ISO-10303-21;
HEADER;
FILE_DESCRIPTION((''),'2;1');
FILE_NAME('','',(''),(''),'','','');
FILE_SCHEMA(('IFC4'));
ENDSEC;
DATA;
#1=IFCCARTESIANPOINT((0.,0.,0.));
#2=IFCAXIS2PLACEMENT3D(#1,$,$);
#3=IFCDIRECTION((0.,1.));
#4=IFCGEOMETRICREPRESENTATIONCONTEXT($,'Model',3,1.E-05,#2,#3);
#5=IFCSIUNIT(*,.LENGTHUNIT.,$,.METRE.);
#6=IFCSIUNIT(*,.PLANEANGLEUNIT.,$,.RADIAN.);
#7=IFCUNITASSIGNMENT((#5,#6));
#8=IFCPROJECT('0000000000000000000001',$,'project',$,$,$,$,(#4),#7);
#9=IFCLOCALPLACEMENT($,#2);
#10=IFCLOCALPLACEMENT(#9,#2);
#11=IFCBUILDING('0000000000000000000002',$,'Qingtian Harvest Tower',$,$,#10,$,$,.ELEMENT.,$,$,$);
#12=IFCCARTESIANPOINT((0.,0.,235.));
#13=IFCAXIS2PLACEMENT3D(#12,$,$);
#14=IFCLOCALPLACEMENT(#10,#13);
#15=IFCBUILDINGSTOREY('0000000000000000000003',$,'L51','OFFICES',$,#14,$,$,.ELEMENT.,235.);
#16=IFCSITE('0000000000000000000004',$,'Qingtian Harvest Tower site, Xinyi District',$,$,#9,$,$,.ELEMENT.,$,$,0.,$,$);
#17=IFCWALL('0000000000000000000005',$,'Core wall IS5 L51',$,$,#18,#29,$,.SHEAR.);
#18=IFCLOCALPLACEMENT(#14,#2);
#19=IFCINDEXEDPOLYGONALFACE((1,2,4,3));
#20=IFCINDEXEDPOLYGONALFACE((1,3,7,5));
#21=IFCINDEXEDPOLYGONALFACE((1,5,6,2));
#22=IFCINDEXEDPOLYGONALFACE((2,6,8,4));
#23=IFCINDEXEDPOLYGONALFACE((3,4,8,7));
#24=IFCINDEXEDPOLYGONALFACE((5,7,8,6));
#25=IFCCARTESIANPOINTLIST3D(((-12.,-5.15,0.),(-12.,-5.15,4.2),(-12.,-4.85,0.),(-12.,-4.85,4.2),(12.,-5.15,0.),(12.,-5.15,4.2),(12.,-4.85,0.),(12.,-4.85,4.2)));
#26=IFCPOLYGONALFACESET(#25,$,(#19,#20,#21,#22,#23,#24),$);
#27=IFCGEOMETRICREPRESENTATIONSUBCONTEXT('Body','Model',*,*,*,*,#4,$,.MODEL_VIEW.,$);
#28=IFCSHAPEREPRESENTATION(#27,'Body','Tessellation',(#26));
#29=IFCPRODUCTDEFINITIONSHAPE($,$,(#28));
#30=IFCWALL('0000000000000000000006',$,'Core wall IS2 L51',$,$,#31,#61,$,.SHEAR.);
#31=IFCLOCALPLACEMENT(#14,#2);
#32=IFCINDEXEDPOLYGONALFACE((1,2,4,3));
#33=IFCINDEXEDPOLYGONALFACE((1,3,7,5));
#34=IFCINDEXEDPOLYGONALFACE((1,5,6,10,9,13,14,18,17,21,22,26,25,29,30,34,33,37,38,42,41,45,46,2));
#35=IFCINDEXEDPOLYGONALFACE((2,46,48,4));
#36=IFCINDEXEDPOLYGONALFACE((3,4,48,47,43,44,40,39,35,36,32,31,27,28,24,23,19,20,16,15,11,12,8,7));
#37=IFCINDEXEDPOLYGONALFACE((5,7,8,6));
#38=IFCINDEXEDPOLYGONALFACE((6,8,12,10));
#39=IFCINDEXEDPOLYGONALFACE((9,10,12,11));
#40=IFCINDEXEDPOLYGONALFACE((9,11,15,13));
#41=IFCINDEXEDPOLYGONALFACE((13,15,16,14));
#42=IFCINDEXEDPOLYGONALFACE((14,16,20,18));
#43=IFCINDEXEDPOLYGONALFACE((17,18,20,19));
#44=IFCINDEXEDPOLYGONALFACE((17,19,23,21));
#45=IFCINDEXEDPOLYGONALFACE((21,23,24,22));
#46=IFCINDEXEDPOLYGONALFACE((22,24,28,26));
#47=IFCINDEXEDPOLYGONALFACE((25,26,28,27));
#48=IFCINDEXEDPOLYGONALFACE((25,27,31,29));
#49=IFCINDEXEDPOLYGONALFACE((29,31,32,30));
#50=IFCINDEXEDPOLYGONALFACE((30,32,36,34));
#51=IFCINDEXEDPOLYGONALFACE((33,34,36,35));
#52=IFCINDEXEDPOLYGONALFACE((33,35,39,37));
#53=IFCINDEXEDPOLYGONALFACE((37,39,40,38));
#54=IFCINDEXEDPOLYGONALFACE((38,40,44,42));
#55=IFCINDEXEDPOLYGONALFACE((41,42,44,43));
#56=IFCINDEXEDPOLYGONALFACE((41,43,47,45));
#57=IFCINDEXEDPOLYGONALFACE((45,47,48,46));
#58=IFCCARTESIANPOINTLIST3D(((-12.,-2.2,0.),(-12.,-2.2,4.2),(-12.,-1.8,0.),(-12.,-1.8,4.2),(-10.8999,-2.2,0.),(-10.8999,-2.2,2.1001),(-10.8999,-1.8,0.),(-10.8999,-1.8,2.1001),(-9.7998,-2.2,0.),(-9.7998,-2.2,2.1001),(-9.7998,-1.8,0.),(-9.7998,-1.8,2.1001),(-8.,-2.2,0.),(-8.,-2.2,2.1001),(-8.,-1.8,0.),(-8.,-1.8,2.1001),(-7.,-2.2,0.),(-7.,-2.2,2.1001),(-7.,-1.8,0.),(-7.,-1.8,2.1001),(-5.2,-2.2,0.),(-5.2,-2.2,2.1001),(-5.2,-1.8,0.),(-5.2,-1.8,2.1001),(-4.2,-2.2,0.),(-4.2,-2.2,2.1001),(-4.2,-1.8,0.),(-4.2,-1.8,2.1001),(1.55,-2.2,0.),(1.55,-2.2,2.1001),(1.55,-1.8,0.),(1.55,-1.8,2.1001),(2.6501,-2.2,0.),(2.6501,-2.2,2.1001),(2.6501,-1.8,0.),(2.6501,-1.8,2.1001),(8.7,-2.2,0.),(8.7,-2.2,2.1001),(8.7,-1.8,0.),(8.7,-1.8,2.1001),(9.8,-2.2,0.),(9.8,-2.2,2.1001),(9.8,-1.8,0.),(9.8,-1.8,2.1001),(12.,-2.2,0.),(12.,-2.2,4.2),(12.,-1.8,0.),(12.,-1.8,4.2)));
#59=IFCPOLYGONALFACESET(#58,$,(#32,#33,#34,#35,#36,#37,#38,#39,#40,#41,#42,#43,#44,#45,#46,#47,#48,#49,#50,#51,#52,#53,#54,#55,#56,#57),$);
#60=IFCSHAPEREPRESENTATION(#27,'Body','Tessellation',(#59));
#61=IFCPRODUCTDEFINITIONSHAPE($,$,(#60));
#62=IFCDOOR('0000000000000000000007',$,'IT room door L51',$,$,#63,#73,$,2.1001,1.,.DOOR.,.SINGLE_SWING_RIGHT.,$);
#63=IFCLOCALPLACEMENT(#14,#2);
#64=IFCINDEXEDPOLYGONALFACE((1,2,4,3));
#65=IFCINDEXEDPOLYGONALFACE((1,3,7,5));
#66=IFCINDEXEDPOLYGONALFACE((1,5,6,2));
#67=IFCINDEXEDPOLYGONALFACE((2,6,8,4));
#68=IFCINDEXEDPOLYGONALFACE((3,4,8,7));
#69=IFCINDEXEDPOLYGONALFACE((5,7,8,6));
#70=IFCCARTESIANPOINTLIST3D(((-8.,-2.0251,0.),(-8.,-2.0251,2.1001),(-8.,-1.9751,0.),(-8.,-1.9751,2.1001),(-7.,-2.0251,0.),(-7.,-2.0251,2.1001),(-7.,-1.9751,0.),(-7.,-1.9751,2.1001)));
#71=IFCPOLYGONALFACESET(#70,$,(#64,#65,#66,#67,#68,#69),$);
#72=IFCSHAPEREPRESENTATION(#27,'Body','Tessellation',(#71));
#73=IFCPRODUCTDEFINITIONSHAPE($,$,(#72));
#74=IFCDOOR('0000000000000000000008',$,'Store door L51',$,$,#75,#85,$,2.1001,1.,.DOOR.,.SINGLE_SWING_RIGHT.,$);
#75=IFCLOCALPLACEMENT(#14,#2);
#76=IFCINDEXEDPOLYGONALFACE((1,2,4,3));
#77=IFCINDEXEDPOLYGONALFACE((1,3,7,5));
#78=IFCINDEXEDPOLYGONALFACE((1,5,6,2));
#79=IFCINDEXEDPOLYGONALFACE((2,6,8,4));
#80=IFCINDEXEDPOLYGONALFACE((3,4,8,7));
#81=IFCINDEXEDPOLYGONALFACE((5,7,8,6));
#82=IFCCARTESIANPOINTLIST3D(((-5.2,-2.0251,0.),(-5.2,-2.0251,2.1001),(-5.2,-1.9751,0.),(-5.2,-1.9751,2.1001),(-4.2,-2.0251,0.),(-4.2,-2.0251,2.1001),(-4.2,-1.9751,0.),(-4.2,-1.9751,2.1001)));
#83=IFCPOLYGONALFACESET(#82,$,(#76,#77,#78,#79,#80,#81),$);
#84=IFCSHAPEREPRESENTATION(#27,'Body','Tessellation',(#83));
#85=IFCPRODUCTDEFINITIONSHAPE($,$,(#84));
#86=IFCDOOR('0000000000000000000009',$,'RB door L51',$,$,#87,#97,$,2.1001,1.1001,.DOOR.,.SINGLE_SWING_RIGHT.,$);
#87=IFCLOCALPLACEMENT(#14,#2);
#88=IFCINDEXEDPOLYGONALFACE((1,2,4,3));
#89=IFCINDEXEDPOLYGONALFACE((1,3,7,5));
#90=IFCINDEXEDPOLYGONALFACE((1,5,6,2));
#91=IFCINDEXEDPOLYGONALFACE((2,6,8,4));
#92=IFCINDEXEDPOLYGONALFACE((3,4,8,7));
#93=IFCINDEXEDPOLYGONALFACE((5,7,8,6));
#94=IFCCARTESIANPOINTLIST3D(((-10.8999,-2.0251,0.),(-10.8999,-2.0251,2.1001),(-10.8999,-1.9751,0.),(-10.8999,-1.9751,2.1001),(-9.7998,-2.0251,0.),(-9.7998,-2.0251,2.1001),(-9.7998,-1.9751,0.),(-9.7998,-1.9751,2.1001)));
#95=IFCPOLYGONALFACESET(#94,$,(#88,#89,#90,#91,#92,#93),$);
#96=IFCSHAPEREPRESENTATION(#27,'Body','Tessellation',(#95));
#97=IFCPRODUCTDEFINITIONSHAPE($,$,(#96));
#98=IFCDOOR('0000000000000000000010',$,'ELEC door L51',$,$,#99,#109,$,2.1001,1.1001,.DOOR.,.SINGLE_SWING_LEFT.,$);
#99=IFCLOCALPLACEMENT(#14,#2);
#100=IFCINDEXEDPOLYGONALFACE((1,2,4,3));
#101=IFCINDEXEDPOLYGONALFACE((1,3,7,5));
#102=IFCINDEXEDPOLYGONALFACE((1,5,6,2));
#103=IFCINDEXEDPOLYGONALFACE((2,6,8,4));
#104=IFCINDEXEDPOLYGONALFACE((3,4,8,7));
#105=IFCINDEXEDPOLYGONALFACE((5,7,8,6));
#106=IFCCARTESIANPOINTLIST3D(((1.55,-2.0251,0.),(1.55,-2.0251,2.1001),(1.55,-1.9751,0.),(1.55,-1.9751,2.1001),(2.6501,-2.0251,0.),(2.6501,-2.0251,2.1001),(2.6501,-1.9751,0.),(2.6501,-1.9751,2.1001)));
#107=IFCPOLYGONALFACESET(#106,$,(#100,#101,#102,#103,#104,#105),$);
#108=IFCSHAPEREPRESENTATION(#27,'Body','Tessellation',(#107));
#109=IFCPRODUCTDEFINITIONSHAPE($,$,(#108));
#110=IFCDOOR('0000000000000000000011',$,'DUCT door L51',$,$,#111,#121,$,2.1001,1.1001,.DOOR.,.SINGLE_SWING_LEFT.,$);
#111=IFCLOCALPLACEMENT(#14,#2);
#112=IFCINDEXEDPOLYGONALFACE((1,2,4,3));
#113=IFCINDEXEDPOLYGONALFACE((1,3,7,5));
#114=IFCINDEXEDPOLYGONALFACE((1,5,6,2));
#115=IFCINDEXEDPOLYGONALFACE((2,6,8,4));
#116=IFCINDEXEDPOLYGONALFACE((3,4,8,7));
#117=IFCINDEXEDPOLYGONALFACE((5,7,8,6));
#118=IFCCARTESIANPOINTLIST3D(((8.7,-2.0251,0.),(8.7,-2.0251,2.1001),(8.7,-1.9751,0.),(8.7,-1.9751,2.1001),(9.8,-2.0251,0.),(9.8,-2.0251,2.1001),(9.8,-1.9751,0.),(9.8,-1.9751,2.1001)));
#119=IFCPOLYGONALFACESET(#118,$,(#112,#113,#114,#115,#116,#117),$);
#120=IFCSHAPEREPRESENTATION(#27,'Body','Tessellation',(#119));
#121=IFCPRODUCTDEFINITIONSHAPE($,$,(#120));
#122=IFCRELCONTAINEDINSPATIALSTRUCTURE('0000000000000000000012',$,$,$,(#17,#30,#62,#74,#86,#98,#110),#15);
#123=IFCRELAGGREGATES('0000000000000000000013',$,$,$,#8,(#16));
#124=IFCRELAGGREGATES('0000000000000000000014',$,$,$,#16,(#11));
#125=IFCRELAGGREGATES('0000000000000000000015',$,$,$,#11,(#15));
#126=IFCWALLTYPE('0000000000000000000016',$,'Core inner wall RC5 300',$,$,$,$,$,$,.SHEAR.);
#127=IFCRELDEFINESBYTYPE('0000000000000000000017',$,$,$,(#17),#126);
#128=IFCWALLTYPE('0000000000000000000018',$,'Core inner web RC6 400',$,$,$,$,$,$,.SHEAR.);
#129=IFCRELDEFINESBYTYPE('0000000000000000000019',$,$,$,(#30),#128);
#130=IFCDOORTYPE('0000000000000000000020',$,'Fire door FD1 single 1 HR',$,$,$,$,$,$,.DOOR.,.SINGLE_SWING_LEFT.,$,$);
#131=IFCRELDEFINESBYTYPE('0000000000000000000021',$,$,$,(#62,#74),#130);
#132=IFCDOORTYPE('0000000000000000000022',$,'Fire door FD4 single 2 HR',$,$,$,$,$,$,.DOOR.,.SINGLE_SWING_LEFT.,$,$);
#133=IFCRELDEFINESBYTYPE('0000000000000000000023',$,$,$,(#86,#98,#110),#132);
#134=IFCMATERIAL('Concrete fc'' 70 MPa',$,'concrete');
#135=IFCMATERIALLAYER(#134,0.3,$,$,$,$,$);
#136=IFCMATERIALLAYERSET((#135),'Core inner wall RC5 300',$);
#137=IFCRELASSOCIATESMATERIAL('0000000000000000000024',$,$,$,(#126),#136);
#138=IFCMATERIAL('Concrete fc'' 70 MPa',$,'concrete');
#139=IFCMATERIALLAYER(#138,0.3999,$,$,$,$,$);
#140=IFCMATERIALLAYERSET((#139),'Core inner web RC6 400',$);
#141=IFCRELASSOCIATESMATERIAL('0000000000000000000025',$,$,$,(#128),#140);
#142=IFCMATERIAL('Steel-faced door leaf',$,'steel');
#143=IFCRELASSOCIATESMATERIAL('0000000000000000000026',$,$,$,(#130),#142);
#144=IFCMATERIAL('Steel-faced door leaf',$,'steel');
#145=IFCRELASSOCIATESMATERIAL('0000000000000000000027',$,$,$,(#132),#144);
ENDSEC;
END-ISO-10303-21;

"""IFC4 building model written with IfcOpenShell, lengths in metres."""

from ifc_helpers import new_model, si_unit, direction, frame, frame_2d, origin, place, context, subcontext, project, spatial, rectangle, extrude, material, layer, layer_set, type_object, element, fill, save


model = new_model("IFC4")

# Units and contexts
model_context = context("Model", 3, precision=1e-05, world=origin(), true_north=direction((0.0, 1.0)))
body_context = subcontext(model_context, "Body", "Model", "MODEL_VIEW")
ifc_project = project(units=[si_unit("LENGTHUNIT", "METRE"), si_unit("PLANEANGLEUNIT", "RADIAN")], contexts=[model_context])

# Site, building, storey
site_placement = place(None, origin())
site = spatial("IfcSite", under=ifc_project, at=site_placement, Name="Qingtian Harvest Tower site, Xinyi District", CompositionType="ELEMENT", RefElevation=0.0)
building_placement = place(site_placement, origin())
building = spatial("IfcBuilding", under=site, at=building_placement, Name="Qingtian Harvest Tower", CompositionType="ELEMENT")
storey_placement = place(building_placement, frame((0.0, 0.0, 235.0)))
storey = spatial("IfcBuildingStorey", under=building, at=storey_placement, Name="L51", Description="OFFICES", CompositionType="ELEMENT", Elevation=235.0)

# Wall
ifc_material_1 = material(Name="Concrete fc' 70 MPa", Category="concrete")
ifc_layer_1 = layer(ifc_material_1, 0.3)
ifc_layer_set_1 = layer_set([ifc_layer_1], Name="Core inner wall RC5 300")
wall_type_1 = type_object("IfcWallType", Name="Core inner wall RC5 300", PredefinedType="SHEAR", material=ifc_layer_set_1)
wall_1_placement = place(storey_placement, frame((-12.0, -5.0, 0.0), z_axis=(0.0, 0.0, 1.0), x_axis=(1.0, 0.0, 0.0)))
element("IfcWall", 1, at=wall_1_placement, inside=storey, type_object=wall_type_1, Name="Core wall IS5 L51", PredefinedType="SHEAR", context=body_context, shape_type="SweptSolid", body=[
    extrude(rectangle(XDim=24.0, YDim=0.3, at=frame_2d((12.0, 0.0))), origin(), (0.0, 0.0, 1.0), 4.2),
])

# Wall, openings, doors
ifc_material_2 = material(Name="Concrete fc' 70 MPa", Category="concrete")
ifc_layer_2 = layer(ifc_material_2, 0.3999)
ifc_layer_set_2 = layer_set([ifc_layer_2], Name="Core inner web RC6 400")
wall_type_2 = type_object("IfcWallType", Name="Core inner web RC6 400", PredefinedType="SHEAR", material=ifc_layer_set_2)
wall_2_placement = place(storey_placement, frame((-12.0, -2.0, 0.0), z_axis=(0.0, 0.0, 1.0), x_axis=(1.0, 0.0, 0.0)))
wall_2 = element("IfcWall", 2, at=wall_2_placement, inside=storey, type_object=wall_type_2, Name="Core wall IS2 L51", PredefinedType="SHEAR", context=body_context, shape_type="SweptSolid", body=[
    extrude(rectangle(XDim=24.0, YDim=0.3999, at=frame_2d((12.0, 0.0))), origin(), (0.0, 0.0, 1.0), 4.2),
])
opening_1_placement = place(wall_2_placement, frame((1.1001, 0.0, 0.0)))
opening_1 = element("IfcOpeningElement", 3, at=opening_1_placement, cuts=wall_2, PredefinedType="OPENING", context=body_context, shape_type="SweptSolid", body=[
    extrude(rectangle(XDim=1.1001, YDim=2.1001, at=frame_2d((0.55, 1.05))), frame((0.0, 0.21, 0.0), z_axis=(0.0, -1.0, 0.0), x_axis=(1.0, 0.0, 0.0)), (0.0, 0.0, 1.0), 0.4199),
])
opening_2_placement = place(wall_2_placement, frame((13.55, 0.0, 0.0)))
opening_2 = element("IfcOpeningElement", 4, at=opening_2_placement, cuts=wall_2, PredefinedType="OPENING", context=body_context, shape_type="SweptSolid", body=[
    extrude(rectangle(XDim=1.1001, YDim=2.1001, at=frame_2d((0.55, 1.05))), frame((0.0, 0.21, 0.0), z_axis=(0.0, -1.0, 0.0), x_axis=(1.0, 0.0, 0.0)), (0.0, 0.0, 1.0), 0.4199),
])
opening_3_placement = place(wall_2_placement, frame((20.7, 0.0, 0.0)))
opening_3 = element("IfcOpeningElement", 5, at=opening_3_placement, cuts=wall_2, PredefinedType="OPENING", context=body_context, shape_type="SweptSolid", body=[
    extrude(rectangle(XDim=1.1001, YDim=2.1001, at=frame_2d((0.55, 1.05))), frame((0.0, 0.21, 0.0), z_axis=(0.0, -1.0, 0.0), x_axis=(1.0, 0.0, 0.0)), (0.0, 0.0, 1.0), 0.4199),
])
opening_4_placement = place(wall_2_placement, frame((4.0, 0.0, 0.0)))
opening_4 = element("IfcOpeningElement", 6, at=opening_4_placement, cuts=wall_2, PredefinedType="OPENING", context=body_context, shape_type="SweptSolid", body=[
    extrude(rectangle(XDim=1.0, YDim=2.1001, at=frame_2d((0.5, 1.05))), frame((0.0, 0.21, 0.0), z_axis=(0.0, -1.0, 0.0), x_axis=(1.0, 0.0, 0.0)), (0.0, 0.0, 1.0), 0.4199),
])
opening_5_placement = place(wall_2_placement, frame((6.8, 0.0, 0.0)))
opening_5 = element("IfcOpeningElement", 7, at=opening_5_placement, cuts=wall_2, PredefinedType="OPENING", context=body_context, shape_type="SweptSolid", body=[
    extrude(rectangle(XDim=1.0, YDim=2.1001, at=frame_2d((0.5, 1.05))), frame((0.0, 0.21, 0.0), z_axis=(0.0, -1.0, 0.0), x_axis=(1.0, 0.0, 0.0)), (0.0, 0.0, 1.0), 0.4199),
])
ifc_material_3 = material(Name="Steel-faced door leaf", Category="steel")
door_type_1 = type_object("IfcDoorType", Name="Fire door FD1 single 1 HR", OperationType="SINGLE_SWING_LEFT", PredefinedType="DOOR", material=ifc_material_3)
door_1_placement = place(opening_4_placement, origin())
door_1 = element("IfcDoor", 8, at=door_1_placement, inside=storey, type_object=door_type_1, Name="IT room door L51", OperationType="SINGLE_SWING_RIGHT", OverallHeight=2.1001, OverallWidth=1.0, PredefinedType="DOOR", context=body_context, shape_type="SweptSolid", body=[
    extrude(rectangle(XDim=1.0, YDim=2.1001, at=frame_2d((0.5, 1.05))), frame((0.0, 0.0249, 0.0), z_axis=(0.0, -1.0, 0.0), x_axis=(1.0, 0.0, 0.0)), (0.0, 0.0, 1.0), 0.05),
])
fill(opening_4, door_1)
door_2_placement = place(opening_5_placement, origin())
door_2 = element("IfcDoor", 9, at=door_2_placement, inside=storey, type_object=door_type_1, Name="Store door L51", OperationType="SINGLE_SWING_RIGHT", OverallHeight=2.1001, OverallWidth=1.0, PredefinedType="DOOR", context=body_context, shape_type="SweptSolid", body=[
    extrude(rectangle(XDim=1.0, YDim=2.1001, at=frame_2d((0.5, 1.05))), frame((0.0, 0.0249, 0.0), z_axis=(0.0, -1.0, 0.0), x_axis=(1.0, 0.0, 0.0)), (0.0, 0.0, 1.0), 0.05),
])
fill(opening_5, door_2)
ifc_material_4 = material(Name="Steel-faced door leaf", Category="steel")
door_type_2 = type_object("IfcDoorType", Name="Fire door FD4 single 2 HR", OperationType="SINGLE_SWING_LEFT", PredefinedType="DOOR", material=ifc_material_4)
door_3_placement = place(opening_1_placement, origin())
door_3 = element("IfcDoor", 10, at=door_3_placement, inside=storey, type_object=door_type_2, Name="RB door L51", OperationType="SINGLE_SWING_RIGHT", OverallHeight=2.1001, OverallWidth=1.1001, PredefinedType="DOOR", context=body_context, shape_type="SweptSolid", body=[
    extrude(rectangle(XDim=1.1001, YDim=2.1001, at=frame_2d((0.55, 1.05))), frame((0.0, 0.0249, 0.0), z_axis=(0.0, -1.0, 0.0), x_axis=(1.0, 0.0, 0.0)), (0.0, 0.0, 1.0), 0.05),
])
fill(opening_1, door_3)
door_4_placement = place(opening_2_placement, origin())
door_4 = element("IfcDoor", 11, at=door_4_placement, inside=storey, type_object=door_type_2, Name="ELEC door L51", OperationType="SINGLE_SWING_LEFT", OverallHeight=2.1001, OverallWidth=1.1001, PredefinedType="DOOR", context=body_context, shape_type="SweptSolid", body=[
    extrude(rectangle(XDim=1.1001, YDim=2.1001, at=frame_2d((0.55, 1.05))), frame((0.0, 0.0249, 0.0), z_axis=(0.0, -1.0, 0.0), x_axis=(1.0, 0.0, 0.0)), (0.0, 0.0, 1.0), 0.05),
])
fill(opening_2, door_4)
door_5_placement = place(opening_3_placement, origin())
door_5 = element("IfcDoor", 12, at=door_5_placement, inside=storey, type_object=door_type_2, Name="DUCT door L51", OperationType="SINGLE_SWING_LEFT", OverallHeight=2.1001, OverallWidth=1.1001, PredefinedType="DOOR", context=body_context, shape_type="SweptSolid", body=[
    extrude(rectangle(XDim=1.1001, YDim=2.1001, at=frame_2d((0.55, 1.05))), frame((0.0, 0.0249, 0.0), z_axis=(0.0, -1.0, 0.0), x_axis=(1.0, 0.0, 0.0)), (0.0, 0.0, 1.0), 0.05),
])
fill(opening_3, door_5)

save(model, "model.ifc")
